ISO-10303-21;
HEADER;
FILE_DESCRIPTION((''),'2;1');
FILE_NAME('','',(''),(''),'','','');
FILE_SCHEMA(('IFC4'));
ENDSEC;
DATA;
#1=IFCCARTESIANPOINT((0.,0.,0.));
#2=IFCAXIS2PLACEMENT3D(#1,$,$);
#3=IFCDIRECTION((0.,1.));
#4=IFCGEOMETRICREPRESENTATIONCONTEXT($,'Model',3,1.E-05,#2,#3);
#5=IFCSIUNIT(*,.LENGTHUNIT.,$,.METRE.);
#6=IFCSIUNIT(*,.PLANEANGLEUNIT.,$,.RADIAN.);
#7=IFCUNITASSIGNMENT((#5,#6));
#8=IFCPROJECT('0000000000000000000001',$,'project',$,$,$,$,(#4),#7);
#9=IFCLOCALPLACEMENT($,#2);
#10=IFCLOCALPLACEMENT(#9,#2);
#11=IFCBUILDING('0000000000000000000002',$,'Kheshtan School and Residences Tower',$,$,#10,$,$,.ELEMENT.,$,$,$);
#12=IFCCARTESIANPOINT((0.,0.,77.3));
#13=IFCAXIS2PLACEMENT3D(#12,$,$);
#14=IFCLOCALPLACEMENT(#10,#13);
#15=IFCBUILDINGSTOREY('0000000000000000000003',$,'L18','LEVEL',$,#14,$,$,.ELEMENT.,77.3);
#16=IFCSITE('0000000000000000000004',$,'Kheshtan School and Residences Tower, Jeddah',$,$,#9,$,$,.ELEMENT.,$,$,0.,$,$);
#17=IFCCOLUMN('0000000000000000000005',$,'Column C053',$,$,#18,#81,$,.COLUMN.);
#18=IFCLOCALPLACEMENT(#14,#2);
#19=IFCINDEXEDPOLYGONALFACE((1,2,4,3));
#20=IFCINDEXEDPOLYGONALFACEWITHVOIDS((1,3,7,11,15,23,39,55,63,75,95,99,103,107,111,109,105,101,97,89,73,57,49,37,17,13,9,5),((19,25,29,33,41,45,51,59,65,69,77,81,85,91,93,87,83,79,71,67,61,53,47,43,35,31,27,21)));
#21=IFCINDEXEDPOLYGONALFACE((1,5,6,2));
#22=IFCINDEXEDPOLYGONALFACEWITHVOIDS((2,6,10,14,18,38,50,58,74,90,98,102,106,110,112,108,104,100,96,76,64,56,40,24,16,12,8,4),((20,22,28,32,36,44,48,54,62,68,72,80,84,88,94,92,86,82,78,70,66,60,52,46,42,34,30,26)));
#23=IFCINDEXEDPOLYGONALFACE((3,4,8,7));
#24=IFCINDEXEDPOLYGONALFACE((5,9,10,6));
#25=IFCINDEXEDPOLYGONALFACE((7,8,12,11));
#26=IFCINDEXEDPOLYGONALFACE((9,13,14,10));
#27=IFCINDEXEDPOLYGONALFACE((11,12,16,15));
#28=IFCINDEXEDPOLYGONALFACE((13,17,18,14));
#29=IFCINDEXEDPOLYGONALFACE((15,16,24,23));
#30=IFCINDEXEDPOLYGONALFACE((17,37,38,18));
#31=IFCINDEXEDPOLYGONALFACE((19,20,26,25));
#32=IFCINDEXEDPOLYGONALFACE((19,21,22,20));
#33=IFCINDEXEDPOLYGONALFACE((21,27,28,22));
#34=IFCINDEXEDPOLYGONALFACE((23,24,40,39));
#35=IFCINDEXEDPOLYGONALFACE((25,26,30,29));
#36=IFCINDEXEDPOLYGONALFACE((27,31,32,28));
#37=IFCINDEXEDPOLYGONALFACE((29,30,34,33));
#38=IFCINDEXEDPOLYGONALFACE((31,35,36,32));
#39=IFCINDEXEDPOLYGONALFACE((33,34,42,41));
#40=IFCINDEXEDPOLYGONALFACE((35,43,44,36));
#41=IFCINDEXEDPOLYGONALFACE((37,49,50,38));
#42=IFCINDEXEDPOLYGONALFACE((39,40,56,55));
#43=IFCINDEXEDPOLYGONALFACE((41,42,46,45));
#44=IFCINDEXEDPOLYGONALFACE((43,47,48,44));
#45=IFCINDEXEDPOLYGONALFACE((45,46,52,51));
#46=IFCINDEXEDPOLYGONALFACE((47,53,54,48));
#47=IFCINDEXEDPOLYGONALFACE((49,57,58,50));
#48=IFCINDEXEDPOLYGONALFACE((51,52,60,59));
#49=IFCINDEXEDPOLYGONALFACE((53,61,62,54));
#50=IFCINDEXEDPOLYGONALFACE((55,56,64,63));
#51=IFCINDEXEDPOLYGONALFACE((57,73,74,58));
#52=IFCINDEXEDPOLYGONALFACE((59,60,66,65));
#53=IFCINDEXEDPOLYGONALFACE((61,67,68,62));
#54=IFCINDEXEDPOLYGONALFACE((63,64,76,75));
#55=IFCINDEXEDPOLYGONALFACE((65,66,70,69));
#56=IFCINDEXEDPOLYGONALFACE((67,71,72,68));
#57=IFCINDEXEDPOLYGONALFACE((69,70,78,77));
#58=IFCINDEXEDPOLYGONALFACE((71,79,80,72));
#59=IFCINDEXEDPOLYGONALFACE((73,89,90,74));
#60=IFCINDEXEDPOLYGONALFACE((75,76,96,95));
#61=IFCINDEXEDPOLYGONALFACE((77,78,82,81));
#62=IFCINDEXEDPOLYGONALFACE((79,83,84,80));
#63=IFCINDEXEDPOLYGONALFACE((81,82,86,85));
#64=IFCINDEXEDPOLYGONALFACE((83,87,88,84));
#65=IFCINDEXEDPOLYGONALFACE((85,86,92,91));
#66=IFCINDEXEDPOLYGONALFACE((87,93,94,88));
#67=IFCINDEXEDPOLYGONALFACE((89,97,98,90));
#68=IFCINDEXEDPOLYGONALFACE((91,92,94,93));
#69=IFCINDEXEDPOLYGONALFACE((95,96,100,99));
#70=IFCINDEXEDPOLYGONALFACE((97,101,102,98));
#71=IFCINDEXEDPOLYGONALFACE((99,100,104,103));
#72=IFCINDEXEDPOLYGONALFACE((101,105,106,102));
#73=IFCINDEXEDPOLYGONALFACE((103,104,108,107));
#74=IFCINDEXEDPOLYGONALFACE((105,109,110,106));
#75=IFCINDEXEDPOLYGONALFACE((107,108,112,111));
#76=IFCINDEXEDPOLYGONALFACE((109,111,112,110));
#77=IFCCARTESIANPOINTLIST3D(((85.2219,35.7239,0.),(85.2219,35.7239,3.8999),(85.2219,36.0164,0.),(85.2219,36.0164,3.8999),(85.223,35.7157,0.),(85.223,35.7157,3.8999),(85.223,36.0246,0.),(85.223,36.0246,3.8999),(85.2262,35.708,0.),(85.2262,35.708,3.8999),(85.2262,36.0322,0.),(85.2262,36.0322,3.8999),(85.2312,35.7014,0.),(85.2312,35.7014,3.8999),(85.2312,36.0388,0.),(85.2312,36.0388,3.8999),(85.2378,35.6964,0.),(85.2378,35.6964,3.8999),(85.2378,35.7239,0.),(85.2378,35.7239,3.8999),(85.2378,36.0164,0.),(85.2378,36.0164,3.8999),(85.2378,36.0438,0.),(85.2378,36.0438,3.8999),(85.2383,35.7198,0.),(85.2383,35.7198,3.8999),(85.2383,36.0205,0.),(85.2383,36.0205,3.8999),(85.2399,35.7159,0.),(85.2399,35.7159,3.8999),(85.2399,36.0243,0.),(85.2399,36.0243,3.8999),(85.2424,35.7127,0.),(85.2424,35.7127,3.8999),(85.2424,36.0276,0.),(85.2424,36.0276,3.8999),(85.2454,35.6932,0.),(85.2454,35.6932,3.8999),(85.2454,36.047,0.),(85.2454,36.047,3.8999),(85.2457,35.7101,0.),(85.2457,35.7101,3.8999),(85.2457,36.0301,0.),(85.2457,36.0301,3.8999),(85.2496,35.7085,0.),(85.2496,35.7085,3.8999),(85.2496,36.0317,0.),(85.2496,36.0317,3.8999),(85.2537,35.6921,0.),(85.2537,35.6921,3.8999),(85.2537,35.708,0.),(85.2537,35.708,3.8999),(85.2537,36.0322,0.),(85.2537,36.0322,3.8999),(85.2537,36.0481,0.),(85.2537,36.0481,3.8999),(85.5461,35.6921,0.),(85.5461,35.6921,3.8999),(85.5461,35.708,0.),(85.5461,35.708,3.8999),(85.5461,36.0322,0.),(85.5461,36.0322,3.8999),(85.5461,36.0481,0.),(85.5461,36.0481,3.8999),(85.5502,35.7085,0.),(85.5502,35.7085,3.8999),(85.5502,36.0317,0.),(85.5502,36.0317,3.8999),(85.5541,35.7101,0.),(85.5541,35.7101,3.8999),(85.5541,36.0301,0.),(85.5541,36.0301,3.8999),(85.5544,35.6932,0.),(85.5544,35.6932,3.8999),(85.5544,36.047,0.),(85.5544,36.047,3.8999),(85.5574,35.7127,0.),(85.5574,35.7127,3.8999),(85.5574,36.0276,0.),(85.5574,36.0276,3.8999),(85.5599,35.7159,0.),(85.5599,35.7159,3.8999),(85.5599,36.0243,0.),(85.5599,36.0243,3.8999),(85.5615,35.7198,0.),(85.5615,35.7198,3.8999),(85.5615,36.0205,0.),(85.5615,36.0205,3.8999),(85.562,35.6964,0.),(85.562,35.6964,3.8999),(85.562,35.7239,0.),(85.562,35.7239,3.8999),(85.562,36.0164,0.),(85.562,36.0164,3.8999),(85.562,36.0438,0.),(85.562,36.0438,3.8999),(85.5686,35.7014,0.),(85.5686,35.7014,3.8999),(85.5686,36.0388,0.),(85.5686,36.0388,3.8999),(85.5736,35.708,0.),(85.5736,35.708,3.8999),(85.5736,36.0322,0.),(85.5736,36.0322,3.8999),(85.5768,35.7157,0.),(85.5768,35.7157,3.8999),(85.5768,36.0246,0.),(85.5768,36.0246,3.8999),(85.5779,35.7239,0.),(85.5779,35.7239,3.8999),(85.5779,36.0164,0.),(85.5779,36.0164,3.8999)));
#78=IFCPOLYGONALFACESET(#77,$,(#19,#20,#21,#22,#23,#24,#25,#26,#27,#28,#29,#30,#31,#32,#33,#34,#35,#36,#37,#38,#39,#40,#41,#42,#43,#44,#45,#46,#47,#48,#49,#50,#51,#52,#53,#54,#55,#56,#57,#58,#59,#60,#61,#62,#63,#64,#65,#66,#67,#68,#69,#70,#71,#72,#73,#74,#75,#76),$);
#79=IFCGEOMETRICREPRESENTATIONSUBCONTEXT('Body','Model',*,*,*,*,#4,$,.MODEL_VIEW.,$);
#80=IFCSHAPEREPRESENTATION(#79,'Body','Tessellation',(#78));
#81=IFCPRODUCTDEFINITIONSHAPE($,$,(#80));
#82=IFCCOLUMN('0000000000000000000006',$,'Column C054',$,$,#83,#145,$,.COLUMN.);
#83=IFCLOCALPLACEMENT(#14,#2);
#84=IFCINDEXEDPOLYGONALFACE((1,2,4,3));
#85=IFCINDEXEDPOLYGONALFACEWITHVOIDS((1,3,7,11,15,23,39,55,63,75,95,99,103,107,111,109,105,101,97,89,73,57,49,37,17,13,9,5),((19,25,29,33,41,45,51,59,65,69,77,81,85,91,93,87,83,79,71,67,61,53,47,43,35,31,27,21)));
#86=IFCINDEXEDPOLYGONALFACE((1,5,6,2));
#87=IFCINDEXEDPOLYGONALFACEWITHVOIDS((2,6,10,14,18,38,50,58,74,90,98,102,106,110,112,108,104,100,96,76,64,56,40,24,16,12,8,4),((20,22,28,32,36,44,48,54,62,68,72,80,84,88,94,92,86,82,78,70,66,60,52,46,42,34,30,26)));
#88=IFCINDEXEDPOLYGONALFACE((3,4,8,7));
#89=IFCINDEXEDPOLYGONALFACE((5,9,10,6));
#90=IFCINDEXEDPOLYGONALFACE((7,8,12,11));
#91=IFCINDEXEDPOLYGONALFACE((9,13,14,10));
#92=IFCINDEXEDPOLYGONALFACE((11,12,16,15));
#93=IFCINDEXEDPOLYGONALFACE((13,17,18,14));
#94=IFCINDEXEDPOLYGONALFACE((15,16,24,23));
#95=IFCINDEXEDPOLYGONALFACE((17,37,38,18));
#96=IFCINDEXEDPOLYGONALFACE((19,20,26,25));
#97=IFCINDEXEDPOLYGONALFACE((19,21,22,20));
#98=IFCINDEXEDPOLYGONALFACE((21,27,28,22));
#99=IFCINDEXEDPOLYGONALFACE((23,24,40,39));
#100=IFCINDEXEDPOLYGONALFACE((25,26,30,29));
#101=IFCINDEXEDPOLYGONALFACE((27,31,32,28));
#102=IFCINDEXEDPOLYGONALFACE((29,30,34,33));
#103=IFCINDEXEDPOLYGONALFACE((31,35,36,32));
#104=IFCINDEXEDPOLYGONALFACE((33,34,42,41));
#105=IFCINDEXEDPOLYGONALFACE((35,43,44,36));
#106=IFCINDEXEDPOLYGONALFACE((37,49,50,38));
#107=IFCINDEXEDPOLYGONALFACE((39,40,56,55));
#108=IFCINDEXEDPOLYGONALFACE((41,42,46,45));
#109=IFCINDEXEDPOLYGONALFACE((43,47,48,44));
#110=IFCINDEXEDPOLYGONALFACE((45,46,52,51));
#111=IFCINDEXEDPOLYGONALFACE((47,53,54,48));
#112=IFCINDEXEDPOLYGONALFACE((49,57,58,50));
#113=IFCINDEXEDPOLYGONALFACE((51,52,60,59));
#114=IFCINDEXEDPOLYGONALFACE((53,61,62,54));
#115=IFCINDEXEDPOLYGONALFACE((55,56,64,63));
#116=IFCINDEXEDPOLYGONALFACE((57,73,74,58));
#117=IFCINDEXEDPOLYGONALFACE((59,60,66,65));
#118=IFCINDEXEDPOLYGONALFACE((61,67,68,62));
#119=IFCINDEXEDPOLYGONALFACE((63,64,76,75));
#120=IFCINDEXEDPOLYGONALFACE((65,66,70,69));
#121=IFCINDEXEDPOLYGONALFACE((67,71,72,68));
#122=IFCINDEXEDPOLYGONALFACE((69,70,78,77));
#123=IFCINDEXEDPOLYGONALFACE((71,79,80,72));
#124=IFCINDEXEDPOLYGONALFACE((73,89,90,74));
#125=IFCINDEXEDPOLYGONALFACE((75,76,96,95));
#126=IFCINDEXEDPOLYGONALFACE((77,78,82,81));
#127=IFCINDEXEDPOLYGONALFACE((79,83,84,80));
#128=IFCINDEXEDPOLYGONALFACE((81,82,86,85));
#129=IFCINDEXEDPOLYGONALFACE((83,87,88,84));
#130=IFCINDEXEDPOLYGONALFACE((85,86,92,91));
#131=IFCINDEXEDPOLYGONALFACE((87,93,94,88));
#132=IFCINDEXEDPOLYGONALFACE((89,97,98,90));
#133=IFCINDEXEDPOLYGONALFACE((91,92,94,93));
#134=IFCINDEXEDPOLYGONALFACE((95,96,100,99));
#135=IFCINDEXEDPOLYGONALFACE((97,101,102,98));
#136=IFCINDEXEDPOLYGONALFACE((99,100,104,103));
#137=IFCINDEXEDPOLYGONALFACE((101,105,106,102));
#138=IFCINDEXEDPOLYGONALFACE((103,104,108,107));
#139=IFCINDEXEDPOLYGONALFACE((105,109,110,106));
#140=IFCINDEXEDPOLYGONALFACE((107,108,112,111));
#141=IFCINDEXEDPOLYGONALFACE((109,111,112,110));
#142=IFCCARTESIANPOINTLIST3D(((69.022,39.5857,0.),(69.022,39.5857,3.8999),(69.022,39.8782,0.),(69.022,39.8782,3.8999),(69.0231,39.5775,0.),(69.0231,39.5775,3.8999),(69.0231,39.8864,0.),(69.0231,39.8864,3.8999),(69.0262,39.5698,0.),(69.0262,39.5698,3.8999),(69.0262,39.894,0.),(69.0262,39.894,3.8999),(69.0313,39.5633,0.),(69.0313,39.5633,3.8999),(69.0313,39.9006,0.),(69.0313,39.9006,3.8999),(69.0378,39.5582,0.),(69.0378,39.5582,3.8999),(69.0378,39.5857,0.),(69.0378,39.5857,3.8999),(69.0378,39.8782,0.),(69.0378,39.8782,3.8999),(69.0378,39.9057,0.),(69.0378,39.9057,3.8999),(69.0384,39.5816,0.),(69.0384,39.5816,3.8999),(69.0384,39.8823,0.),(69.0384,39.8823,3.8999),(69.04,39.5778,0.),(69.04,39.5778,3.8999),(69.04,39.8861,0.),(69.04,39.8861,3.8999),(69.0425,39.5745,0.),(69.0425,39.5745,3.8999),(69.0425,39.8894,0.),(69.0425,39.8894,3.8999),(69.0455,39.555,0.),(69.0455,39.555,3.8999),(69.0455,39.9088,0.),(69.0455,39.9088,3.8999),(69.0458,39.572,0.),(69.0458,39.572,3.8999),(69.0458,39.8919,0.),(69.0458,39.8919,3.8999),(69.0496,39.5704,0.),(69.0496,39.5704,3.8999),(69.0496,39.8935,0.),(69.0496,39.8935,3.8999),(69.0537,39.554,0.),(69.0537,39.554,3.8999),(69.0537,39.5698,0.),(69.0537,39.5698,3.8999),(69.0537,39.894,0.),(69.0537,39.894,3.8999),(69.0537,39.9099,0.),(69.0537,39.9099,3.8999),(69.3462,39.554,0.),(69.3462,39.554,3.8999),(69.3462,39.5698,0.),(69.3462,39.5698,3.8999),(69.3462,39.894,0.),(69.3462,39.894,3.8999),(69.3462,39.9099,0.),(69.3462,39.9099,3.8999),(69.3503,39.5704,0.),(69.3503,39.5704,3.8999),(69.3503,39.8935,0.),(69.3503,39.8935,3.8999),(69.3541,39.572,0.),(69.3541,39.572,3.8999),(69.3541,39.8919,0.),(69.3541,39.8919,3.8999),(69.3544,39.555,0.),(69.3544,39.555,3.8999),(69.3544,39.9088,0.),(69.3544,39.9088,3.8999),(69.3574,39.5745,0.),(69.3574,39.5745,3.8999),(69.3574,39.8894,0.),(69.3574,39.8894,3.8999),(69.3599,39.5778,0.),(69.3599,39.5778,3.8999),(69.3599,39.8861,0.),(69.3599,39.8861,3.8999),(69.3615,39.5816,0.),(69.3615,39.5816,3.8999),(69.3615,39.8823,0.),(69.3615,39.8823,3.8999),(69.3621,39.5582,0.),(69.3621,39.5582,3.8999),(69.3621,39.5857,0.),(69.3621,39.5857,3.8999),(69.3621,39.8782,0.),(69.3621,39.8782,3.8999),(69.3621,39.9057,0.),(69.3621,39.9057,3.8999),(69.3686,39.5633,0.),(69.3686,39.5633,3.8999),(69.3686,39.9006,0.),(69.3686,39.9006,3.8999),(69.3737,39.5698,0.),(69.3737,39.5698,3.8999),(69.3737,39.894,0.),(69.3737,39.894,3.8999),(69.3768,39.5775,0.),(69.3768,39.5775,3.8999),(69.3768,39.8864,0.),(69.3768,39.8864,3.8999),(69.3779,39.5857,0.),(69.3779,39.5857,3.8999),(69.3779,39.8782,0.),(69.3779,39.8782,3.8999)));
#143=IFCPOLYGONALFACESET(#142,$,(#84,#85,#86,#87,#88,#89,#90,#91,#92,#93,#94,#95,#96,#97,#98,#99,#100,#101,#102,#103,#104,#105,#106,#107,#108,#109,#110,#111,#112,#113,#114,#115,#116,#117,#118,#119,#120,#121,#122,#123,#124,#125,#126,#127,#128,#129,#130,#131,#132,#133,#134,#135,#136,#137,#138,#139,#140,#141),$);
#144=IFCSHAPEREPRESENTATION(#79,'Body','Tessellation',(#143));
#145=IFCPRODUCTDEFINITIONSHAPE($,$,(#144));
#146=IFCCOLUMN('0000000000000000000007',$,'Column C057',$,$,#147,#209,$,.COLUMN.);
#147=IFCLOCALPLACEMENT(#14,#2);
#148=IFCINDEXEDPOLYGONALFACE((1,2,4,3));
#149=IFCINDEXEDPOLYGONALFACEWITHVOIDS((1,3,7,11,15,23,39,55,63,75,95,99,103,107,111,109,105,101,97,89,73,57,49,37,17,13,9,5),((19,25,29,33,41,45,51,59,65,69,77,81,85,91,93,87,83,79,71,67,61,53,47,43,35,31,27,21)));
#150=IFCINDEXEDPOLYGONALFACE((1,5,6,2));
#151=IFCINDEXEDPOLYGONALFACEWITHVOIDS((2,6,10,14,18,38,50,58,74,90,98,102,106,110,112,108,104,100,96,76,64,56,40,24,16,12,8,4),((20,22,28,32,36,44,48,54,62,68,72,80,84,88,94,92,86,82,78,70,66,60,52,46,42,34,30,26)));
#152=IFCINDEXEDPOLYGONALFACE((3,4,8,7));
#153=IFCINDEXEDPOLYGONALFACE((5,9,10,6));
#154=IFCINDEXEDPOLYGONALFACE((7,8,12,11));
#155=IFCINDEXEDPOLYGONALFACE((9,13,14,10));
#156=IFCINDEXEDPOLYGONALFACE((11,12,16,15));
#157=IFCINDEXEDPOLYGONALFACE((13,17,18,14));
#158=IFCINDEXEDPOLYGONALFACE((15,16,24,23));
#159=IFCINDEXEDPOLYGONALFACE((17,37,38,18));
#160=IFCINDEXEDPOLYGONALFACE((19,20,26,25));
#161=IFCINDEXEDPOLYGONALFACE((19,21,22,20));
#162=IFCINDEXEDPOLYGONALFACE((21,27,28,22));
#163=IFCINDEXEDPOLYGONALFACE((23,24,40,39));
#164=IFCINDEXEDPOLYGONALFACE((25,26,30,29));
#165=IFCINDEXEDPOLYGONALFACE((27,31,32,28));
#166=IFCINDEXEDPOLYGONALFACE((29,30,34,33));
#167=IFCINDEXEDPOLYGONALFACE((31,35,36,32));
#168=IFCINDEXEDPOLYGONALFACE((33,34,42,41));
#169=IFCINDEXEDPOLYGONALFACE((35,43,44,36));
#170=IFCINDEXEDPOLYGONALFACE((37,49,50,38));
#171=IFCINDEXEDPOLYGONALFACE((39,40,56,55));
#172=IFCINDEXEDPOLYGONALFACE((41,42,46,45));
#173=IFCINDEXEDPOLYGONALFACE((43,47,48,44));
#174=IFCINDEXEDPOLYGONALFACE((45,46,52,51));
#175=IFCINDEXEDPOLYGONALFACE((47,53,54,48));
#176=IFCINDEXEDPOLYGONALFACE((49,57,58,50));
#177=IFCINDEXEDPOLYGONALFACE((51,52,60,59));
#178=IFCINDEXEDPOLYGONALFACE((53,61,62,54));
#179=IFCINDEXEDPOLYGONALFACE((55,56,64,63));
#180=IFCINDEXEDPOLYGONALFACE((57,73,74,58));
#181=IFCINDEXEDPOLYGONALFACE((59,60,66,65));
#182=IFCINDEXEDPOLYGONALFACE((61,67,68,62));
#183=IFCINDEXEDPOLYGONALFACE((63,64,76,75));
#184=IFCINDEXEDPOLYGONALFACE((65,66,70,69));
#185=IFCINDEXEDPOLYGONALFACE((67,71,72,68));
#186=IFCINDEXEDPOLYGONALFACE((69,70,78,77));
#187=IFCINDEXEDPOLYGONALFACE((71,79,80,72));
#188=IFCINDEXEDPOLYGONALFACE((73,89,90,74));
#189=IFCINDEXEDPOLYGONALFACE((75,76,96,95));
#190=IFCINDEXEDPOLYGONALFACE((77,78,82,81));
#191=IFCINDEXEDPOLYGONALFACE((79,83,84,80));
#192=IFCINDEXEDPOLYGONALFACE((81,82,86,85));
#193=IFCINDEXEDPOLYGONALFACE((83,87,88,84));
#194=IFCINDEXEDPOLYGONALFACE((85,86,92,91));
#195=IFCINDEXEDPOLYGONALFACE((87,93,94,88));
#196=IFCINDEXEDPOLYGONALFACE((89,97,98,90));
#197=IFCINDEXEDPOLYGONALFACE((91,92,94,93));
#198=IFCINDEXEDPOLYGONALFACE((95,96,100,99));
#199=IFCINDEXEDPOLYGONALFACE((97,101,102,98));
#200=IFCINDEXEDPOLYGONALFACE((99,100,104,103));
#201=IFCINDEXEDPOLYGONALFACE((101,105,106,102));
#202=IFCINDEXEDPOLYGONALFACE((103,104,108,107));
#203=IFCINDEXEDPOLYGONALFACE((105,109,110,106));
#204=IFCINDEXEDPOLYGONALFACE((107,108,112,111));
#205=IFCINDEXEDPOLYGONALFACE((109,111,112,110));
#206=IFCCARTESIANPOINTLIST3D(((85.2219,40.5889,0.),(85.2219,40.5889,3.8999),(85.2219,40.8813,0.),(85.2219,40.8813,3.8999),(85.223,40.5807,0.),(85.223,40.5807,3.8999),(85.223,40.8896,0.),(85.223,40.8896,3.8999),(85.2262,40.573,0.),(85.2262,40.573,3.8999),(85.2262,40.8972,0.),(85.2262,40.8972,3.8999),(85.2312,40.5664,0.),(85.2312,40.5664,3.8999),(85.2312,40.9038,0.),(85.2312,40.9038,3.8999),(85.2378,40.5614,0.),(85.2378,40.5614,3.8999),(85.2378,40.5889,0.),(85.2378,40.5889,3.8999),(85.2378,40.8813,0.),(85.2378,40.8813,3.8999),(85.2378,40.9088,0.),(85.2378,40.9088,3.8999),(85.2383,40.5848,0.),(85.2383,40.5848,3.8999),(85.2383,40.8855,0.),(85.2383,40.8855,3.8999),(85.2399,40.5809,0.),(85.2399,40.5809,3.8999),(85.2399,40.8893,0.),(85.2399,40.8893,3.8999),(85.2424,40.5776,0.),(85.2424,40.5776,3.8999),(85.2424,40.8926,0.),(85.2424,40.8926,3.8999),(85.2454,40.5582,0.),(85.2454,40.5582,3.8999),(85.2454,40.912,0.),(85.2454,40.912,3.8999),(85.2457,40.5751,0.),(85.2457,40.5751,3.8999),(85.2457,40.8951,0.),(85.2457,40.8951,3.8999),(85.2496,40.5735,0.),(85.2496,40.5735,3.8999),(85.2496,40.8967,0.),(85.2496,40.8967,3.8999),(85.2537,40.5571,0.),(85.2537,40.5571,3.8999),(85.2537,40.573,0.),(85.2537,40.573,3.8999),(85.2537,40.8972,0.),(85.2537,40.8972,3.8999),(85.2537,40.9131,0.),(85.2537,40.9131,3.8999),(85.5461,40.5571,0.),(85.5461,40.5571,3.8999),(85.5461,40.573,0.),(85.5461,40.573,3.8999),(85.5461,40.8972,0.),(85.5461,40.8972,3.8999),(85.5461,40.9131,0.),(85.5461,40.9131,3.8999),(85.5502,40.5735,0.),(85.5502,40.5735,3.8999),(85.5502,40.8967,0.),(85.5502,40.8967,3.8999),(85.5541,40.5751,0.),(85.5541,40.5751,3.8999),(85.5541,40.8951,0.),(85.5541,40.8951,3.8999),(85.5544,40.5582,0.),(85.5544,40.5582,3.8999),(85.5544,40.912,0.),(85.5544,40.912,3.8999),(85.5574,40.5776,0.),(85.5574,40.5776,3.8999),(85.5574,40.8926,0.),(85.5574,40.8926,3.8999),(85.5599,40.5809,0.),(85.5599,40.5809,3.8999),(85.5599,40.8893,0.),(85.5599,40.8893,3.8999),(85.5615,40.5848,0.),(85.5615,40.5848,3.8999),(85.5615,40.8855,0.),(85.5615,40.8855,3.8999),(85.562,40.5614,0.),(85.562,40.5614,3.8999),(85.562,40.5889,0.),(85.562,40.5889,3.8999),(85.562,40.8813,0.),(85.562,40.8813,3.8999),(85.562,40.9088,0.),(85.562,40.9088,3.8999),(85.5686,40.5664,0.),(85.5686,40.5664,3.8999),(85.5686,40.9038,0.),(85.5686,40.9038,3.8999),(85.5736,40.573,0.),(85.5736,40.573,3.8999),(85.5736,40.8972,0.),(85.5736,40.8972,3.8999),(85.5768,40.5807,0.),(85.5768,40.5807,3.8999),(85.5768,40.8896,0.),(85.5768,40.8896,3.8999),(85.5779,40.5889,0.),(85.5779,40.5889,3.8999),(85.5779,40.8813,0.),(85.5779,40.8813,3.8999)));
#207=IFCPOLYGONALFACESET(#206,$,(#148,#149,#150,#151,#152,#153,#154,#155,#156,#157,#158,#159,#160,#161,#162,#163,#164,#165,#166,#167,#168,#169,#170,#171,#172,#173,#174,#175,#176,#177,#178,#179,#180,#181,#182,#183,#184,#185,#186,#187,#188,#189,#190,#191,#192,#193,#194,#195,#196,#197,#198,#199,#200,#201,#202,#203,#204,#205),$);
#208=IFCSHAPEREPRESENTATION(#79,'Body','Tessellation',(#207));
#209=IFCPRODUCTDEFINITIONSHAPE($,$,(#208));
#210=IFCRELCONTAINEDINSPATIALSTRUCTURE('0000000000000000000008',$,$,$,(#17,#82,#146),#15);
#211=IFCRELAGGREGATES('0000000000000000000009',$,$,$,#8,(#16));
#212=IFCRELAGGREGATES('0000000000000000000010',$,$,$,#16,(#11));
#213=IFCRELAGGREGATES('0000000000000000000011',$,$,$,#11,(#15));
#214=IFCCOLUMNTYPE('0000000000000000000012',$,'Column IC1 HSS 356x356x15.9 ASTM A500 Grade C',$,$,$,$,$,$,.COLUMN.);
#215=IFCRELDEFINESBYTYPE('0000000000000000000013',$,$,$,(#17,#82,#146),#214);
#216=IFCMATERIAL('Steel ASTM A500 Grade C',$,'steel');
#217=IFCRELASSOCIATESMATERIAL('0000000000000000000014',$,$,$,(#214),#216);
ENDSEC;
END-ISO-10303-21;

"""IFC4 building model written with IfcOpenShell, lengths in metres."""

from ifc_helpers import new_model, si_unit, direction, frame, origin, origin_2d, place, context, subcontext, project, spatial, hollow_rectangle, extrude, material, material_profile, profile_set, type_object, element, save


model = new_model("IFC4")

# Units and contexts
model_context = context("Model", 3, precision=1e-05, world=origin(), true_north=direction((0.0, 1.0)))
body_context = subcontext(model_context, "Body", "Model", "MODEL_VIEW")
ifc_project = project(units=[si_unit("LENGTHUNIT", "METRE"), si_unit("PLANEANGLEUNIT", "RADIAN")], contexts=[model_context])

# Site, building, storey
site_placement = place(None, origin())
site = spatial("IfcSite", under=ifc_project, at=site_placement, Name="Kheshtan School and Residences Tower, Jeddah", CompositionType="ELEMENT", RefElevation=0.0)
building_placement = place(site_placement, origin())
building = spatial("IfcBuilding", under=site, at=building_placement, Name="Kheshtan School and Residences Tower", CompositionType="ELEMENT")
storey_placement = place(building_placement, frame((0.0, 0.0, 77.3)))
storey = spatial("IfcBuildingStorey", under=building, at=storey_placement, Name="L18", Description="LEVEL", CompositionType="ELEMENT", Elevation=77.3)

# Columns
ifc_material_1 = material(Name="Steel ASTM A500 Grade C", Category="steel")
ifc_material_profile_1 = material_profile(ifc_material_1, hollow_rectangle(XDim=0.356, YDim=0.356, WallThickness=0.0159, InnerFilletRadius=0.0159, OuterFilletRadius=0.0317, at=origin_2d()), Name="HSS 356x356x15.9")
ifc_profile_set_1 = profile_set([ifc_material_profile_1], Name="Steel ASTM A500 Grade C")
column_type = type_object("IfcColumnType", Name="Column IC1 HSS 356x356x15.9 ASTM A500 Grade C", PredefinedType="COLUMN", material=ifc_profile_set_1)
for number, where, z_axis, x_axis, name in (
    (1, (85.3999, 35.8701, 0.0), (0.0, 0.0, 1.0), (1.0, 0.0, 0.0), "Column C053"),
    (2, (69.2, 39.7319, 0.0), (0.0, 0.0, 1.0), (1.0, 0.0, 0.0), "Column C054"),
    (3, (85.3999, 40.7351, 0.0), (0.0, 0.0, 1.0), (1.0, 0.0, 0.0), "Column C057"),
):
    element("IfcColumn", number, at=place(storey_placement, frame(where, z_axis=z_axis, x_axis=x_axis)), inside=storey, type_object=column_type, Name=name, PredefinedType="COLUMN", context=body_context, shape_type="SweptSolid", body=[
        extrude(hollow_rectangle(XDim=0.356, YDim=0.356, WallThickness=0.0159, InnerFilletRadius=0.0159, OuterFilletRadius=0.0317, at=origin_2d()), origin(), (0.0, 0.0, 1.0), 3.8999),
    ])

save(model, "model.ifc")
